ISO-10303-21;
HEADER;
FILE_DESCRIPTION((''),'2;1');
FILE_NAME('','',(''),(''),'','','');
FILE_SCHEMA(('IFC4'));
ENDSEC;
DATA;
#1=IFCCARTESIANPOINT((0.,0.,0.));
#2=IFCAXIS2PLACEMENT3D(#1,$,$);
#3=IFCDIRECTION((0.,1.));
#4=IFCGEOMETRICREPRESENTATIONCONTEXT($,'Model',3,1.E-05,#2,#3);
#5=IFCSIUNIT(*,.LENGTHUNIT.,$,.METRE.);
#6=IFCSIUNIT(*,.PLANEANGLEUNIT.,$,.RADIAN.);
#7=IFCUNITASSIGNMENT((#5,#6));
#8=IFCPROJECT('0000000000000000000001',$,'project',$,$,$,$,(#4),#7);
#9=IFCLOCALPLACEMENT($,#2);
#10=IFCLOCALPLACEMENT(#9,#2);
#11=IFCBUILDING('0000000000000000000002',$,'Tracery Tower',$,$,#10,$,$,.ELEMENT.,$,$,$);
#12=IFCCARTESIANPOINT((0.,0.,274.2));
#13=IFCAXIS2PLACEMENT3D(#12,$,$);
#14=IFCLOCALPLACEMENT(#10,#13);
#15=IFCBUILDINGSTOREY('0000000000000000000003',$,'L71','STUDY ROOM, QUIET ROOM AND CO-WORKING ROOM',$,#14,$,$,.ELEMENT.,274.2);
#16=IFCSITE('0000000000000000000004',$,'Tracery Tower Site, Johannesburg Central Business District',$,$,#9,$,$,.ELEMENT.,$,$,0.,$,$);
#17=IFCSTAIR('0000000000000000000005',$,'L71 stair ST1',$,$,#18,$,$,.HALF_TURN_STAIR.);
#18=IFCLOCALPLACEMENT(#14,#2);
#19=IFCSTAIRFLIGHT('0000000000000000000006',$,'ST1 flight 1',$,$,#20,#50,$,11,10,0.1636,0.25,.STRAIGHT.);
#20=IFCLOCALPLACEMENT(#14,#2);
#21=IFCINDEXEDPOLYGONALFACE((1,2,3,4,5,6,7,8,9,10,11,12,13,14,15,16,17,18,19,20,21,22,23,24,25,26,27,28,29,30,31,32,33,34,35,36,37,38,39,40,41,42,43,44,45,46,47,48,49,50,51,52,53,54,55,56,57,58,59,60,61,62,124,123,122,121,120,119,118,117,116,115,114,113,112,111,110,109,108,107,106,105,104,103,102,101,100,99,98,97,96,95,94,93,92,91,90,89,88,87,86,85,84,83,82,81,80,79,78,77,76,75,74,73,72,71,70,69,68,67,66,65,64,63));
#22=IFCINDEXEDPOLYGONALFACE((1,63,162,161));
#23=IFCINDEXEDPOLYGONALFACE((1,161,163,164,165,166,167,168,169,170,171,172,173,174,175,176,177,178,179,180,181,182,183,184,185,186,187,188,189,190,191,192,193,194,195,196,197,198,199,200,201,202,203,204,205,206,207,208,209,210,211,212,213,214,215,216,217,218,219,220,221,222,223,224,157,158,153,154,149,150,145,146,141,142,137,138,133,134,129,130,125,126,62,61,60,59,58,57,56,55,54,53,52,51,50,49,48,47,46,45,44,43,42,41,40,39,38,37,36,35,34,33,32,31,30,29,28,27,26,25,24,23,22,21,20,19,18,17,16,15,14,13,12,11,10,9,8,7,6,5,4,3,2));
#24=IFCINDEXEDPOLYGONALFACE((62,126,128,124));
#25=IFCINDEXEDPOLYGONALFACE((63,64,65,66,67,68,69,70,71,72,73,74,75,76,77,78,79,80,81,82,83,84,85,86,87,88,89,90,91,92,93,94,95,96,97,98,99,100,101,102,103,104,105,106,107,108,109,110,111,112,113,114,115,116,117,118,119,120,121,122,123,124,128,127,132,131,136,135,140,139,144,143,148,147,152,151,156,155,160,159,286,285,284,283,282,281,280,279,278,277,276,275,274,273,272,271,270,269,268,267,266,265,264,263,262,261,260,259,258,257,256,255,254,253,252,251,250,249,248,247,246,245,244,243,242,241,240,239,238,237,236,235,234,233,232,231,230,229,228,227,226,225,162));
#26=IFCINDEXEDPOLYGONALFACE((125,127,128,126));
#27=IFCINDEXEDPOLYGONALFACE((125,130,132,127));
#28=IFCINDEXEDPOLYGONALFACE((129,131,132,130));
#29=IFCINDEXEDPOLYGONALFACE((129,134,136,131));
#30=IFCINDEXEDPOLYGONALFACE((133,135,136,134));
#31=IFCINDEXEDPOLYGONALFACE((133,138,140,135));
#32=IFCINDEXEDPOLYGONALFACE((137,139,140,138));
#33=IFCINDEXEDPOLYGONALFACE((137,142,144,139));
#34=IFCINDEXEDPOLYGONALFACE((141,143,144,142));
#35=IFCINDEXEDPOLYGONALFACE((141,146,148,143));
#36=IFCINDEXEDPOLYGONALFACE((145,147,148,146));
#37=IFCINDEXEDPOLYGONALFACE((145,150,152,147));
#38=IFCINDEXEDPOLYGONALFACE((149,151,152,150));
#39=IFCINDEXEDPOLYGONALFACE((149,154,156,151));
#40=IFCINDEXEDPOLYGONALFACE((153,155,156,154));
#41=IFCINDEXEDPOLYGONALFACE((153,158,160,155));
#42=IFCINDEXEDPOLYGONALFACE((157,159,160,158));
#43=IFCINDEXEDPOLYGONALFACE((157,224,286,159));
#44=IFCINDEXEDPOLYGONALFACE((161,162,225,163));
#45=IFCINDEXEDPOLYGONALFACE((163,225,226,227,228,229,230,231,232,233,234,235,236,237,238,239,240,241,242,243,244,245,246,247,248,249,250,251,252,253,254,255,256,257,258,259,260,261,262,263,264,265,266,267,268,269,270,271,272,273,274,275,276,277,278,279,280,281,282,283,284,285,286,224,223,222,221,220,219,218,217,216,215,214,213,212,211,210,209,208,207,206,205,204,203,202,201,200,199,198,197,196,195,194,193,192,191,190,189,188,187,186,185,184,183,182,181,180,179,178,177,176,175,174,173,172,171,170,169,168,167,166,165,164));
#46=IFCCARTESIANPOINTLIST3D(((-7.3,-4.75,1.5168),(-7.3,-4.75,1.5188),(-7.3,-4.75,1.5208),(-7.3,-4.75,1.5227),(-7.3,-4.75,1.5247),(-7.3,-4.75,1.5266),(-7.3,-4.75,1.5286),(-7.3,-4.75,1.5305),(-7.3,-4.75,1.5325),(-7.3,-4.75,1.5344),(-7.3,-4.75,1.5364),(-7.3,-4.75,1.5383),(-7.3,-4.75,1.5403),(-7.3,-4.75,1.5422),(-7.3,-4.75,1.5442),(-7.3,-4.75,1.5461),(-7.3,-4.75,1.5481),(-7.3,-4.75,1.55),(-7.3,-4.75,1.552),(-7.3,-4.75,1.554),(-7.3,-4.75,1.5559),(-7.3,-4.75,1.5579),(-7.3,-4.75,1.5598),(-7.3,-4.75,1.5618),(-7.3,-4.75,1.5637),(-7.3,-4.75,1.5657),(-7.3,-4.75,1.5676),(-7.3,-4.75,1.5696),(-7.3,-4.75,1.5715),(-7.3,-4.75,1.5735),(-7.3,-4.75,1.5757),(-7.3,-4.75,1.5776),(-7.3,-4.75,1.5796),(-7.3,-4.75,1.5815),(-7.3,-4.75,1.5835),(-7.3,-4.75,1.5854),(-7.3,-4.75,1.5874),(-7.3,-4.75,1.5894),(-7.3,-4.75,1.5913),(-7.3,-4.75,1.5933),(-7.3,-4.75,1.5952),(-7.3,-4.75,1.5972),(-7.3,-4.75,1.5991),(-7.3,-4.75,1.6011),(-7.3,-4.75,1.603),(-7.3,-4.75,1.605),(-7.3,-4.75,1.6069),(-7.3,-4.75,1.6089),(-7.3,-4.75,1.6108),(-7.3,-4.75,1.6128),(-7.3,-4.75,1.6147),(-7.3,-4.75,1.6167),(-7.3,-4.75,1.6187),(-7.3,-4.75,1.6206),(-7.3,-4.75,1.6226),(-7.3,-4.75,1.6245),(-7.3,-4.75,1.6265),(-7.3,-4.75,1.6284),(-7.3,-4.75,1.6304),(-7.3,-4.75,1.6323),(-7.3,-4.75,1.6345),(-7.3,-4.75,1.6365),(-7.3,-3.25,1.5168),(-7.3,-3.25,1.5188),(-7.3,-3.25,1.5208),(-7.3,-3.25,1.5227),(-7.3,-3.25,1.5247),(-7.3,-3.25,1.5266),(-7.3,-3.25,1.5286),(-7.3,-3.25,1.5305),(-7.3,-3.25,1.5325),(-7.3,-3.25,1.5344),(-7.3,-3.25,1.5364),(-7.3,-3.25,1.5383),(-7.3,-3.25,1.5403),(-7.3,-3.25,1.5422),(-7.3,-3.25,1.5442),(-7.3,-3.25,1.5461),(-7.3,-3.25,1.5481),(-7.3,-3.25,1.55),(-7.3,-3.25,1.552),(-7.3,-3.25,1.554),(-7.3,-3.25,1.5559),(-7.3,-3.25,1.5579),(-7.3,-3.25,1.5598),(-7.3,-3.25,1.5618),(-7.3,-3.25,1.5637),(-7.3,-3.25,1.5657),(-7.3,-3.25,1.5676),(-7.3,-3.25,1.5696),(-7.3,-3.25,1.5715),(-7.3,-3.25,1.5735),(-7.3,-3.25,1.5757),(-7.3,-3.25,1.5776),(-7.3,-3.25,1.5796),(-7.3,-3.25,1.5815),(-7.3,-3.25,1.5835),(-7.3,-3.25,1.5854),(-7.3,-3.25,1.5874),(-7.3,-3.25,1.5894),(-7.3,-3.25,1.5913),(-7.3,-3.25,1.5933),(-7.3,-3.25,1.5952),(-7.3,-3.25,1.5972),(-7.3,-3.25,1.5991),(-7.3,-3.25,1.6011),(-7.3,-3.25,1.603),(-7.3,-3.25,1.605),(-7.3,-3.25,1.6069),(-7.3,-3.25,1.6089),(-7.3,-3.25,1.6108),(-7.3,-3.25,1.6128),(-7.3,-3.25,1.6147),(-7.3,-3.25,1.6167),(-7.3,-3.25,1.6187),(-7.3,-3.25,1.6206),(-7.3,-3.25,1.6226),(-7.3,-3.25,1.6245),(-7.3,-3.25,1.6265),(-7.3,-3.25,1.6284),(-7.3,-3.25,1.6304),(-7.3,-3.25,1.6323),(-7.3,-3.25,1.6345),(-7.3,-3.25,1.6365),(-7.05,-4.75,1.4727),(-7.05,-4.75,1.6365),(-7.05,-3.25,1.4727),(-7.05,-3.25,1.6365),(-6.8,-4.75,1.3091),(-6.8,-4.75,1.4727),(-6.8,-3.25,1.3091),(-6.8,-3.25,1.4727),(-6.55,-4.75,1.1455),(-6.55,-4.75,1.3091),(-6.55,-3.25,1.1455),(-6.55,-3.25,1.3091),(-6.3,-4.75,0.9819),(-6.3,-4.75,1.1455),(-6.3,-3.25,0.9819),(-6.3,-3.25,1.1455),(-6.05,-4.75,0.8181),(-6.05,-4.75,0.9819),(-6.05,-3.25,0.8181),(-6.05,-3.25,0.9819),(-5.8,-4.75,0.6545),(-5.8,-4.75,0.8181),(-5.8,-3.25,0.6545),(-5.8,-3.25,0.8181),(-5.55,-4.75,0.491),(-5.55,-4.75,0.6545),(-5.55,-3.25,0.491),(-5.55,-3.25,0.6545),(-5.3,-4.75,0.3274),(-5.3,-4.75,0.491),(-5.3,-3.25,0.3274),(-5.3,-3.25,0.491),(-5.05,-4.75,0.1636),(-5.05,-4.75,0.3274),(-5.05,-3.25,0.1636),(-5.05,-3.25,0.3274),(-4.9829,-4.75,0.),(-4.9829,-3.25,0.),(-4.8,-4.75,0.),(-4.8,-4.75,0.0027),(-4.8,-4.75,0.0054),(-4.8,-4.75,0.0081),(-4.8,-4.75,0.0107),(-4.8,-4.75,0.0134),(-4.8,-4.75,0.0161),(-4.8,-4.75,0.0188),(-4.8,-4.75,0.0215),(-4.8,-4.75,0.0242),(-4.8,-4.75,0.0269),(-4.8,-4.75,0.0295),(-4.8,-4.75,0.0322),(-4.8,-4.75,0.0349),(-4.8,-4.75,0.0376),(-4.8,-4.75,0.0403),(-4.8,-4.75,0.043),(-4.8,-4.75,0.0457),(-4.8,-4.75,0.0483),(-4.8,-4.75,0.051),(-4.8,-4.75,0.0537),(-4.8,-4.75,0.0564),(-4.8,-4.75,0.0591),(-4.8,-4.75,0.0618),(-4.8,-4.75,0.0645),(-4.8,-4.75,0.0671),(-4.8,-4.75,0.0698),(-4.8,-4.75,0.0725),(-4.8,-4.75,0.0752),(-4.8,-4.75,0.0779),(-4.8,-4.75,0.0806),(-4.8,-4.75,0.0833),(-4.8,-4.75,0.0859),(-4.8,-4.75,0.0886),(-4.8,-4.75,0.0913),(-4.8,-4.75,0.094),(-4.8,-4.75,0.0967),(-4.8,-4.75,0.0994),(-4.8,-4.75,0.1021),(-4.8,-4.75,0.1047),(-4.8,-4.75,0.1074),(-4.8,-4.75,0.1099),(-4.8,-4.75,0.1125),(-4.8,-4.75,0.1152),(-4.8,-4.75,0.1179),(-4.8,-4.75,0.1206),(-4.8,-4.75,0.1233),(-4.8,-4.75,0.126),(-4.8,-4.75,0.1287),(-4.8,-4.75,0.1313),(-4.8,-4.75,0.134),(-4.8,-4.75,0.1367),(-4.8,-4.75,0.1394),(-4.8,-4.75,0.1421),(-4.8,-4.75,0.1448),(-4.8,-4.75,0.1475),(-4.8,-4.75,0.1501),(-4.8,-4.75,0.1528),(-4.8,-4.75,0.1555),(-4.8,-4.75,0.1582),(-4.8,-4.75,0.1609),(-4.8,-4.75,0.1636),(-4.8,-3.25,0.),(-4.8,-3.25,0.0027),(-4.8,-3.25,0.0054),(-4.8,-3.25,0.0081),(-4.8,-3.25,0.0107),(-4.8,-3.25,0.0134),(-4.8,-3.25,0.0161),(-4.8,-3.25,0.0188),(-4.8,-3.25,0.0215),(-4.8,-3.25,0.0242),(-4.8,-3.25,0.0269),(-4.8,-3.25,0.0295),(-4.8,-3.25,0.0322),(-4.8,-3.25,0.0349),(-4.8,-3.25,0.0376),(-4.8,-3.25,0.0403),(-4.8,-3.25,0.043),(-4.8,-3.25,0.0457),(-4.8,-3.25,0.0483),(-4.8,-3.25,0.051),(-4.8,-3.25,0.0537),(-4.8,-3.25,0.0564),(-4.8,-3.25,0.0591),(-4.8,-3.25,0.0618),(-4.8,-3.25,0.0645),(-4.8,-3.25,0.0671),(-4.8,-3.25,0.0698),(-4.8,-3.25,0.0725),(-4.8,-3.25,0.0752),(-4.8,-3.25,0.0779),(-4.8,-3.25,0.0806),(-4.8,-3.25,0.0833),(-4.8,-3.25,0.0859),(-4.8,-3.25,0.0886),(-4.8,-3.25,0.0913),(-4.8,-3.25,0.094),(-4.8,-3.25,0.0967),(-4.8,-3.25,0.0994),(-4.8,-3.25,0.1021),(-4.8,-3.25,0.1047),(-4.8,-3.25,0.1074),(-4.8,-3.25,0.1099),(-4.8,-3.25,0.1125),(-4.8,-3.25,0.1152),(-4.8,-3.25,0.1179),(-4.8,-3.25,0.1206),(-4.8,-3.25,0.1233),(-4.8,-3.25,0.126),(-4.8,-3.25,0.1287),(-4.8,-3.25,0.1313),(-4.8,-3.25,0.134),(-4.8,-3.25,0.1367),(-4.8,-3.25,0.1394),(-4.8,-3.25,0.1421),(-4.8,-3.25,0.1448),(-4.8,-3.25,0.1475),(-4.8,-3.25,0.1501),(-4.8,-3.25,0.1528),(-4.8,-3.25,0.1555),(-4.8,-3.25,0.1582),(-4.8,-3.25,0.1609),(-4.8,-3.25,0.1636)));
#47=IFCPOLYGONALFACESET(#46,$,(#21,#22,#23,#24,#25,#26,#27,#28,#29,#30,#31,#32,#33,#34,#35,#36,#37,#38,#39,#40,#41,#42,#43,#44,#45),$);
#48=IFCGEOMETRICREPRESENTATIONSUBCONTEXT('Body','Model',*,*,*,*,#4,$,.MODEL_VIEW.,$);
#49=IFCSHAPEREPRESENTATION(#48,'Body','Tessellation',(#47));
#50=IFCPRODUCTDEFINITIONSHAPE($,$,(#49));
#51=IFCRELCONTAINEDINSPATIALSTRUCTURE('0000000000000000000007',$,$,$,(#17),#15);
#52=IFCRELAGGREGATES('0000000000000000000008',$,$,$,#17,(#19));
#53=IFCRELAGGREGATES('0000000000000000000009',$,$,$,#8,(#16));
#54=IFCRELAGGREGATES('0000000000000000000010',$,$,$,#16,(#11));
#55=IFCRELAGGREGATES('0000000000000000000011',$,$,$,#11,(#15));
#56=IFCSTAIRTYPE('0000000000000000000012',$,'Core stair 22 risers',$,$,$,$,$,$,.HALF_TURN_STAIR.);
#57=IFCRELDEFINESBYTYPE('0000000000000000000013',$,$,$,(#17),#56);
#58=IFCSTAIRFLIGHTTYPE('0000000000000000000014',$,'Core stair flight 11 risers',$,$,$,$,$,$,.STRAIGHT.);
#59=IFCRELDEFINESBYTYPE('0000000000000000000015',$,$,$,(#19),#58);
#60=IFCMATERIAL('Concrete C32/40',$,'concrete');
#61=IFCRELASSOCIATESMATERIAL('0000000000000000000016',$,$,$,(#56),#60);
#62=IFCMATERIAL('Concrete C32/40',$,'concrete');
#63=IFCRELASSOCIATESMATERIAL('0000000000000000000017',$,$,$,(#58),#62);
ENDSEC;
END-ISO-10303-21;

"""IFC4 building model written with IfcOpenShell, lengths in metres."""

from ifc_helpers import new_model, si_unit, direction, frame, origin, place, context, subcontext, project, spatial, polyline, outline, extrude, material, type_object, element, aggregate, save


model = new_model("IFC4")

# Units and contexts
model_context = context("Model", 3, precision=1e-05, world=origin(), true_north=direction((0.0, 1.0)))
body_context = subcontext(model_context, "Body", "Model", "MODEL_VIEW")
ifc_project = project(units=[si_unit("LENGTHUNIT", "METRE"), si_unit("PLANEANGLEUNIT", "RADIAN")], contexts=[model_context])

# Site, building, storey
site_placement = place(None, origin())
site = spatial("IfcSite", under=ifc_project, at=site_placement, Name="Tracery Tower Site, Johannesburg Central Business District", CompositionType="ELEMENT", RefElevation=0.0)
building_placement = place(site_placement, origin())
building = spatial("IfcBuilding", under=site, at=building_placement, Name="Tracery Tower", CompositionType="ELEMENT")
storey_placement = place(building_placement, frame((0.0, 0.0, 274.2)))
storey = spatial("IfcBuildingStorey", under=building, at=storey_placement, Name="L71", Description="STUDY ROOM, QUIET ROOM AND CO-WORKING ROOM", CompositionType="ELEMENT", Elevation=274.2)

# Stair, stair flight
ifc_material_1 = material(Name="Concrete C32/40", Category="concrete")
stair_type = type_object("IfcStairType", Name="Core stair 22 risers", PredefinedType="HALF_TURN_STAIR", material=ifc_material_1)
stair_placement = place(storey_placement, origin())
stair = element("IfcStair", 1, at=stair_placement, inside=storey, type_object=stair_type, Name="L71 stair ST1", PredefinedType="HALF_TURN_STAIR")
ifc_material_2 = material(Name="Concrete C32/40", Category="concrete")
stair_flight_type = type_object("IfcStairFlightType", Name="Core stair flight 11 risers", PredefinedType="STRAIGHT", material=ifc_material_2)
stair_flight_1_placement = place(storey_placement, frame((-4.8, -4.0, 0.0), z_axis=(0.0, 0.0, 1.0), x_axis=(-1.0, 0.0, 0.0)))
stair_flight_1 = element("IfcStairFlight", 2, at=stair_flight_1_placement, type_object=stair_flight_type, Name="ST1 flight 1", NumberOfRisers=11, NumberOfTreads=10, PredefinedType="STRAIGHT", RiserHeight=0.1636, TreadLength=0.25, context=body_context, shape_type="SweptSolid", body=[
    extrude(outline(polyline([(0.0, 0.0), (0.0, 0.0027), (0.0, 0.0054), (0.0, 0.0081), (0.0, 0.0107), (0.0, 0.0134), (0.0, 0.0161), (0.0, 0.0188), (0.0, 0.0215), (0.0, 0.0242), (0.0, 0.0269), (0.0, 0.0295), (0.0, 0.0322), (0.0, 0.0349), (0.0, 0.0376), (0.0, 0.0403), (0.0, 0.043), (0.0, 0.0457), (0.0, 0.0483), (0.0, 0.051), (0.0, 0.0537), (0.0, 0.0564), (0.0, 0.0591), (0.0, 0.0618), (0.0, 0.0645), (0.0, 0.0671), (0.0, 0.0698), (0.0, 0.0725), (0.0, 0.0752), (0.0, 0.0779), (0.0, 0.0806), (0.0, 0.0833), (0.0, 0.0859), (0.0, 0.0886), (0.0, 0.0913), (0.0, 0.094), (0.0, 0.0967), (0.0, 0.0994), (0.0, 0.1021), (0.0, 0.1047), (0.0, 0.1074), (0.0, 0.1099), (0.0, 0.1125), (0.0, 0.1152), (0.0, 0.1179), (0.0, 0.1206), (0.0, 0.1233), (0.0, 0.126), (0.0, 0.1287), (0.0, 0.1313), (0.0, 0.134), (0.0, 0.1367), (0.0, 0.1394), (0.0, 0.1421), (0.0, 0.1448), (0.0, 0.1475), (0.0, 0.1501), (0.0, 0.1528), (0.0, 0.1555), (0.0, 0.1582), (0.0, 0.1609), (0.0, 0.1636), (0.25, 0.1636), (0.25, 0.3274), (0.5, 0.3274), (0.5, 0.491), (0.75, 0.491), (0.75, 0.6545), (1.0, 0.6545), (1.0, 0.8181), (1.25, 0.8181), (1.25, 0.9819), (1.5, 0.9819), (1.5, 1.1455), (1.75, 1.1455), (1.75, 1.3091), (2.0, 1.3091), (2.0, 1.4727), (2.25, 1.4727), (2.25, 1.6365), (2.5, 1.6365), (2.5, 1.6345), (2.5, 1.6323), (2.5, 1.6304), (2.5, 1.6284), (2.5, 1.6265), (2.5, 1.6245), (2.5, 1.6226), (2.5, 1.6206), (2.5, 1.6187), (2.5, 1.6167), (2.5, 1.6147), (2.5, 1.6128), (2.5, 1.6108), (2.5, 1.6089), (2.5, 1.6069), (2.5, 1.605), (2.5, 1.603), (2.5, 1.6011), (2.5, 1.5991), (2.5, 1.5972), (2.5, 1.5952), (2.5, 1.5933), (2.5, 1.5913), (2.5, 1.5894), (2.5, 1.5874), (2.5, 1.5854), (2.5, 1.5835), (2.5, 1.5815), (2.5, 1.5796), (2.5, 1.5776), (2.5, 1.5757), (2.5, 1.5735), (2.5, 1.5715), (2.5, 1.5696), (2.5, 1.5676), (2.5, 1.5657), (2.5, 1.5637), (2.5, 1.5618), (2.5, 1.5598), (2.5, 1.5579), (2.5, 1.5559), (2.5, 1.554), (2.5, 1.552), (2.5, 1.55), (2.5, 1.5481), (2.5, 1.5461), (2.5, 1.5442), (2.5, 1.5422), (2.5, 1.5403), (2.5, 1.5383), (2.5, 1.5364), (2.5, 1.5344), (2.5, 1.5325), (2.5, 1.5305), (2.5, 1.5286), (2.5, 1.5266), (2.5, 1.5247), (2.5, 1.5227), (2.5, 1.5208), (2.5, 1.5188), (2.5, 1.5168), (0.1829, 0.0), (0.0, 0.0)])), frame((0.0, 0.75, 0.0), z_axis=(0.0, -1.0, 0.0), x_axis=(1.0, 0.0, 0.0)), (0.0, 0.0, 1.0), 1.5),
])
aggregate(stair, [stair_flight_1])

save(model, "model.ifc")
